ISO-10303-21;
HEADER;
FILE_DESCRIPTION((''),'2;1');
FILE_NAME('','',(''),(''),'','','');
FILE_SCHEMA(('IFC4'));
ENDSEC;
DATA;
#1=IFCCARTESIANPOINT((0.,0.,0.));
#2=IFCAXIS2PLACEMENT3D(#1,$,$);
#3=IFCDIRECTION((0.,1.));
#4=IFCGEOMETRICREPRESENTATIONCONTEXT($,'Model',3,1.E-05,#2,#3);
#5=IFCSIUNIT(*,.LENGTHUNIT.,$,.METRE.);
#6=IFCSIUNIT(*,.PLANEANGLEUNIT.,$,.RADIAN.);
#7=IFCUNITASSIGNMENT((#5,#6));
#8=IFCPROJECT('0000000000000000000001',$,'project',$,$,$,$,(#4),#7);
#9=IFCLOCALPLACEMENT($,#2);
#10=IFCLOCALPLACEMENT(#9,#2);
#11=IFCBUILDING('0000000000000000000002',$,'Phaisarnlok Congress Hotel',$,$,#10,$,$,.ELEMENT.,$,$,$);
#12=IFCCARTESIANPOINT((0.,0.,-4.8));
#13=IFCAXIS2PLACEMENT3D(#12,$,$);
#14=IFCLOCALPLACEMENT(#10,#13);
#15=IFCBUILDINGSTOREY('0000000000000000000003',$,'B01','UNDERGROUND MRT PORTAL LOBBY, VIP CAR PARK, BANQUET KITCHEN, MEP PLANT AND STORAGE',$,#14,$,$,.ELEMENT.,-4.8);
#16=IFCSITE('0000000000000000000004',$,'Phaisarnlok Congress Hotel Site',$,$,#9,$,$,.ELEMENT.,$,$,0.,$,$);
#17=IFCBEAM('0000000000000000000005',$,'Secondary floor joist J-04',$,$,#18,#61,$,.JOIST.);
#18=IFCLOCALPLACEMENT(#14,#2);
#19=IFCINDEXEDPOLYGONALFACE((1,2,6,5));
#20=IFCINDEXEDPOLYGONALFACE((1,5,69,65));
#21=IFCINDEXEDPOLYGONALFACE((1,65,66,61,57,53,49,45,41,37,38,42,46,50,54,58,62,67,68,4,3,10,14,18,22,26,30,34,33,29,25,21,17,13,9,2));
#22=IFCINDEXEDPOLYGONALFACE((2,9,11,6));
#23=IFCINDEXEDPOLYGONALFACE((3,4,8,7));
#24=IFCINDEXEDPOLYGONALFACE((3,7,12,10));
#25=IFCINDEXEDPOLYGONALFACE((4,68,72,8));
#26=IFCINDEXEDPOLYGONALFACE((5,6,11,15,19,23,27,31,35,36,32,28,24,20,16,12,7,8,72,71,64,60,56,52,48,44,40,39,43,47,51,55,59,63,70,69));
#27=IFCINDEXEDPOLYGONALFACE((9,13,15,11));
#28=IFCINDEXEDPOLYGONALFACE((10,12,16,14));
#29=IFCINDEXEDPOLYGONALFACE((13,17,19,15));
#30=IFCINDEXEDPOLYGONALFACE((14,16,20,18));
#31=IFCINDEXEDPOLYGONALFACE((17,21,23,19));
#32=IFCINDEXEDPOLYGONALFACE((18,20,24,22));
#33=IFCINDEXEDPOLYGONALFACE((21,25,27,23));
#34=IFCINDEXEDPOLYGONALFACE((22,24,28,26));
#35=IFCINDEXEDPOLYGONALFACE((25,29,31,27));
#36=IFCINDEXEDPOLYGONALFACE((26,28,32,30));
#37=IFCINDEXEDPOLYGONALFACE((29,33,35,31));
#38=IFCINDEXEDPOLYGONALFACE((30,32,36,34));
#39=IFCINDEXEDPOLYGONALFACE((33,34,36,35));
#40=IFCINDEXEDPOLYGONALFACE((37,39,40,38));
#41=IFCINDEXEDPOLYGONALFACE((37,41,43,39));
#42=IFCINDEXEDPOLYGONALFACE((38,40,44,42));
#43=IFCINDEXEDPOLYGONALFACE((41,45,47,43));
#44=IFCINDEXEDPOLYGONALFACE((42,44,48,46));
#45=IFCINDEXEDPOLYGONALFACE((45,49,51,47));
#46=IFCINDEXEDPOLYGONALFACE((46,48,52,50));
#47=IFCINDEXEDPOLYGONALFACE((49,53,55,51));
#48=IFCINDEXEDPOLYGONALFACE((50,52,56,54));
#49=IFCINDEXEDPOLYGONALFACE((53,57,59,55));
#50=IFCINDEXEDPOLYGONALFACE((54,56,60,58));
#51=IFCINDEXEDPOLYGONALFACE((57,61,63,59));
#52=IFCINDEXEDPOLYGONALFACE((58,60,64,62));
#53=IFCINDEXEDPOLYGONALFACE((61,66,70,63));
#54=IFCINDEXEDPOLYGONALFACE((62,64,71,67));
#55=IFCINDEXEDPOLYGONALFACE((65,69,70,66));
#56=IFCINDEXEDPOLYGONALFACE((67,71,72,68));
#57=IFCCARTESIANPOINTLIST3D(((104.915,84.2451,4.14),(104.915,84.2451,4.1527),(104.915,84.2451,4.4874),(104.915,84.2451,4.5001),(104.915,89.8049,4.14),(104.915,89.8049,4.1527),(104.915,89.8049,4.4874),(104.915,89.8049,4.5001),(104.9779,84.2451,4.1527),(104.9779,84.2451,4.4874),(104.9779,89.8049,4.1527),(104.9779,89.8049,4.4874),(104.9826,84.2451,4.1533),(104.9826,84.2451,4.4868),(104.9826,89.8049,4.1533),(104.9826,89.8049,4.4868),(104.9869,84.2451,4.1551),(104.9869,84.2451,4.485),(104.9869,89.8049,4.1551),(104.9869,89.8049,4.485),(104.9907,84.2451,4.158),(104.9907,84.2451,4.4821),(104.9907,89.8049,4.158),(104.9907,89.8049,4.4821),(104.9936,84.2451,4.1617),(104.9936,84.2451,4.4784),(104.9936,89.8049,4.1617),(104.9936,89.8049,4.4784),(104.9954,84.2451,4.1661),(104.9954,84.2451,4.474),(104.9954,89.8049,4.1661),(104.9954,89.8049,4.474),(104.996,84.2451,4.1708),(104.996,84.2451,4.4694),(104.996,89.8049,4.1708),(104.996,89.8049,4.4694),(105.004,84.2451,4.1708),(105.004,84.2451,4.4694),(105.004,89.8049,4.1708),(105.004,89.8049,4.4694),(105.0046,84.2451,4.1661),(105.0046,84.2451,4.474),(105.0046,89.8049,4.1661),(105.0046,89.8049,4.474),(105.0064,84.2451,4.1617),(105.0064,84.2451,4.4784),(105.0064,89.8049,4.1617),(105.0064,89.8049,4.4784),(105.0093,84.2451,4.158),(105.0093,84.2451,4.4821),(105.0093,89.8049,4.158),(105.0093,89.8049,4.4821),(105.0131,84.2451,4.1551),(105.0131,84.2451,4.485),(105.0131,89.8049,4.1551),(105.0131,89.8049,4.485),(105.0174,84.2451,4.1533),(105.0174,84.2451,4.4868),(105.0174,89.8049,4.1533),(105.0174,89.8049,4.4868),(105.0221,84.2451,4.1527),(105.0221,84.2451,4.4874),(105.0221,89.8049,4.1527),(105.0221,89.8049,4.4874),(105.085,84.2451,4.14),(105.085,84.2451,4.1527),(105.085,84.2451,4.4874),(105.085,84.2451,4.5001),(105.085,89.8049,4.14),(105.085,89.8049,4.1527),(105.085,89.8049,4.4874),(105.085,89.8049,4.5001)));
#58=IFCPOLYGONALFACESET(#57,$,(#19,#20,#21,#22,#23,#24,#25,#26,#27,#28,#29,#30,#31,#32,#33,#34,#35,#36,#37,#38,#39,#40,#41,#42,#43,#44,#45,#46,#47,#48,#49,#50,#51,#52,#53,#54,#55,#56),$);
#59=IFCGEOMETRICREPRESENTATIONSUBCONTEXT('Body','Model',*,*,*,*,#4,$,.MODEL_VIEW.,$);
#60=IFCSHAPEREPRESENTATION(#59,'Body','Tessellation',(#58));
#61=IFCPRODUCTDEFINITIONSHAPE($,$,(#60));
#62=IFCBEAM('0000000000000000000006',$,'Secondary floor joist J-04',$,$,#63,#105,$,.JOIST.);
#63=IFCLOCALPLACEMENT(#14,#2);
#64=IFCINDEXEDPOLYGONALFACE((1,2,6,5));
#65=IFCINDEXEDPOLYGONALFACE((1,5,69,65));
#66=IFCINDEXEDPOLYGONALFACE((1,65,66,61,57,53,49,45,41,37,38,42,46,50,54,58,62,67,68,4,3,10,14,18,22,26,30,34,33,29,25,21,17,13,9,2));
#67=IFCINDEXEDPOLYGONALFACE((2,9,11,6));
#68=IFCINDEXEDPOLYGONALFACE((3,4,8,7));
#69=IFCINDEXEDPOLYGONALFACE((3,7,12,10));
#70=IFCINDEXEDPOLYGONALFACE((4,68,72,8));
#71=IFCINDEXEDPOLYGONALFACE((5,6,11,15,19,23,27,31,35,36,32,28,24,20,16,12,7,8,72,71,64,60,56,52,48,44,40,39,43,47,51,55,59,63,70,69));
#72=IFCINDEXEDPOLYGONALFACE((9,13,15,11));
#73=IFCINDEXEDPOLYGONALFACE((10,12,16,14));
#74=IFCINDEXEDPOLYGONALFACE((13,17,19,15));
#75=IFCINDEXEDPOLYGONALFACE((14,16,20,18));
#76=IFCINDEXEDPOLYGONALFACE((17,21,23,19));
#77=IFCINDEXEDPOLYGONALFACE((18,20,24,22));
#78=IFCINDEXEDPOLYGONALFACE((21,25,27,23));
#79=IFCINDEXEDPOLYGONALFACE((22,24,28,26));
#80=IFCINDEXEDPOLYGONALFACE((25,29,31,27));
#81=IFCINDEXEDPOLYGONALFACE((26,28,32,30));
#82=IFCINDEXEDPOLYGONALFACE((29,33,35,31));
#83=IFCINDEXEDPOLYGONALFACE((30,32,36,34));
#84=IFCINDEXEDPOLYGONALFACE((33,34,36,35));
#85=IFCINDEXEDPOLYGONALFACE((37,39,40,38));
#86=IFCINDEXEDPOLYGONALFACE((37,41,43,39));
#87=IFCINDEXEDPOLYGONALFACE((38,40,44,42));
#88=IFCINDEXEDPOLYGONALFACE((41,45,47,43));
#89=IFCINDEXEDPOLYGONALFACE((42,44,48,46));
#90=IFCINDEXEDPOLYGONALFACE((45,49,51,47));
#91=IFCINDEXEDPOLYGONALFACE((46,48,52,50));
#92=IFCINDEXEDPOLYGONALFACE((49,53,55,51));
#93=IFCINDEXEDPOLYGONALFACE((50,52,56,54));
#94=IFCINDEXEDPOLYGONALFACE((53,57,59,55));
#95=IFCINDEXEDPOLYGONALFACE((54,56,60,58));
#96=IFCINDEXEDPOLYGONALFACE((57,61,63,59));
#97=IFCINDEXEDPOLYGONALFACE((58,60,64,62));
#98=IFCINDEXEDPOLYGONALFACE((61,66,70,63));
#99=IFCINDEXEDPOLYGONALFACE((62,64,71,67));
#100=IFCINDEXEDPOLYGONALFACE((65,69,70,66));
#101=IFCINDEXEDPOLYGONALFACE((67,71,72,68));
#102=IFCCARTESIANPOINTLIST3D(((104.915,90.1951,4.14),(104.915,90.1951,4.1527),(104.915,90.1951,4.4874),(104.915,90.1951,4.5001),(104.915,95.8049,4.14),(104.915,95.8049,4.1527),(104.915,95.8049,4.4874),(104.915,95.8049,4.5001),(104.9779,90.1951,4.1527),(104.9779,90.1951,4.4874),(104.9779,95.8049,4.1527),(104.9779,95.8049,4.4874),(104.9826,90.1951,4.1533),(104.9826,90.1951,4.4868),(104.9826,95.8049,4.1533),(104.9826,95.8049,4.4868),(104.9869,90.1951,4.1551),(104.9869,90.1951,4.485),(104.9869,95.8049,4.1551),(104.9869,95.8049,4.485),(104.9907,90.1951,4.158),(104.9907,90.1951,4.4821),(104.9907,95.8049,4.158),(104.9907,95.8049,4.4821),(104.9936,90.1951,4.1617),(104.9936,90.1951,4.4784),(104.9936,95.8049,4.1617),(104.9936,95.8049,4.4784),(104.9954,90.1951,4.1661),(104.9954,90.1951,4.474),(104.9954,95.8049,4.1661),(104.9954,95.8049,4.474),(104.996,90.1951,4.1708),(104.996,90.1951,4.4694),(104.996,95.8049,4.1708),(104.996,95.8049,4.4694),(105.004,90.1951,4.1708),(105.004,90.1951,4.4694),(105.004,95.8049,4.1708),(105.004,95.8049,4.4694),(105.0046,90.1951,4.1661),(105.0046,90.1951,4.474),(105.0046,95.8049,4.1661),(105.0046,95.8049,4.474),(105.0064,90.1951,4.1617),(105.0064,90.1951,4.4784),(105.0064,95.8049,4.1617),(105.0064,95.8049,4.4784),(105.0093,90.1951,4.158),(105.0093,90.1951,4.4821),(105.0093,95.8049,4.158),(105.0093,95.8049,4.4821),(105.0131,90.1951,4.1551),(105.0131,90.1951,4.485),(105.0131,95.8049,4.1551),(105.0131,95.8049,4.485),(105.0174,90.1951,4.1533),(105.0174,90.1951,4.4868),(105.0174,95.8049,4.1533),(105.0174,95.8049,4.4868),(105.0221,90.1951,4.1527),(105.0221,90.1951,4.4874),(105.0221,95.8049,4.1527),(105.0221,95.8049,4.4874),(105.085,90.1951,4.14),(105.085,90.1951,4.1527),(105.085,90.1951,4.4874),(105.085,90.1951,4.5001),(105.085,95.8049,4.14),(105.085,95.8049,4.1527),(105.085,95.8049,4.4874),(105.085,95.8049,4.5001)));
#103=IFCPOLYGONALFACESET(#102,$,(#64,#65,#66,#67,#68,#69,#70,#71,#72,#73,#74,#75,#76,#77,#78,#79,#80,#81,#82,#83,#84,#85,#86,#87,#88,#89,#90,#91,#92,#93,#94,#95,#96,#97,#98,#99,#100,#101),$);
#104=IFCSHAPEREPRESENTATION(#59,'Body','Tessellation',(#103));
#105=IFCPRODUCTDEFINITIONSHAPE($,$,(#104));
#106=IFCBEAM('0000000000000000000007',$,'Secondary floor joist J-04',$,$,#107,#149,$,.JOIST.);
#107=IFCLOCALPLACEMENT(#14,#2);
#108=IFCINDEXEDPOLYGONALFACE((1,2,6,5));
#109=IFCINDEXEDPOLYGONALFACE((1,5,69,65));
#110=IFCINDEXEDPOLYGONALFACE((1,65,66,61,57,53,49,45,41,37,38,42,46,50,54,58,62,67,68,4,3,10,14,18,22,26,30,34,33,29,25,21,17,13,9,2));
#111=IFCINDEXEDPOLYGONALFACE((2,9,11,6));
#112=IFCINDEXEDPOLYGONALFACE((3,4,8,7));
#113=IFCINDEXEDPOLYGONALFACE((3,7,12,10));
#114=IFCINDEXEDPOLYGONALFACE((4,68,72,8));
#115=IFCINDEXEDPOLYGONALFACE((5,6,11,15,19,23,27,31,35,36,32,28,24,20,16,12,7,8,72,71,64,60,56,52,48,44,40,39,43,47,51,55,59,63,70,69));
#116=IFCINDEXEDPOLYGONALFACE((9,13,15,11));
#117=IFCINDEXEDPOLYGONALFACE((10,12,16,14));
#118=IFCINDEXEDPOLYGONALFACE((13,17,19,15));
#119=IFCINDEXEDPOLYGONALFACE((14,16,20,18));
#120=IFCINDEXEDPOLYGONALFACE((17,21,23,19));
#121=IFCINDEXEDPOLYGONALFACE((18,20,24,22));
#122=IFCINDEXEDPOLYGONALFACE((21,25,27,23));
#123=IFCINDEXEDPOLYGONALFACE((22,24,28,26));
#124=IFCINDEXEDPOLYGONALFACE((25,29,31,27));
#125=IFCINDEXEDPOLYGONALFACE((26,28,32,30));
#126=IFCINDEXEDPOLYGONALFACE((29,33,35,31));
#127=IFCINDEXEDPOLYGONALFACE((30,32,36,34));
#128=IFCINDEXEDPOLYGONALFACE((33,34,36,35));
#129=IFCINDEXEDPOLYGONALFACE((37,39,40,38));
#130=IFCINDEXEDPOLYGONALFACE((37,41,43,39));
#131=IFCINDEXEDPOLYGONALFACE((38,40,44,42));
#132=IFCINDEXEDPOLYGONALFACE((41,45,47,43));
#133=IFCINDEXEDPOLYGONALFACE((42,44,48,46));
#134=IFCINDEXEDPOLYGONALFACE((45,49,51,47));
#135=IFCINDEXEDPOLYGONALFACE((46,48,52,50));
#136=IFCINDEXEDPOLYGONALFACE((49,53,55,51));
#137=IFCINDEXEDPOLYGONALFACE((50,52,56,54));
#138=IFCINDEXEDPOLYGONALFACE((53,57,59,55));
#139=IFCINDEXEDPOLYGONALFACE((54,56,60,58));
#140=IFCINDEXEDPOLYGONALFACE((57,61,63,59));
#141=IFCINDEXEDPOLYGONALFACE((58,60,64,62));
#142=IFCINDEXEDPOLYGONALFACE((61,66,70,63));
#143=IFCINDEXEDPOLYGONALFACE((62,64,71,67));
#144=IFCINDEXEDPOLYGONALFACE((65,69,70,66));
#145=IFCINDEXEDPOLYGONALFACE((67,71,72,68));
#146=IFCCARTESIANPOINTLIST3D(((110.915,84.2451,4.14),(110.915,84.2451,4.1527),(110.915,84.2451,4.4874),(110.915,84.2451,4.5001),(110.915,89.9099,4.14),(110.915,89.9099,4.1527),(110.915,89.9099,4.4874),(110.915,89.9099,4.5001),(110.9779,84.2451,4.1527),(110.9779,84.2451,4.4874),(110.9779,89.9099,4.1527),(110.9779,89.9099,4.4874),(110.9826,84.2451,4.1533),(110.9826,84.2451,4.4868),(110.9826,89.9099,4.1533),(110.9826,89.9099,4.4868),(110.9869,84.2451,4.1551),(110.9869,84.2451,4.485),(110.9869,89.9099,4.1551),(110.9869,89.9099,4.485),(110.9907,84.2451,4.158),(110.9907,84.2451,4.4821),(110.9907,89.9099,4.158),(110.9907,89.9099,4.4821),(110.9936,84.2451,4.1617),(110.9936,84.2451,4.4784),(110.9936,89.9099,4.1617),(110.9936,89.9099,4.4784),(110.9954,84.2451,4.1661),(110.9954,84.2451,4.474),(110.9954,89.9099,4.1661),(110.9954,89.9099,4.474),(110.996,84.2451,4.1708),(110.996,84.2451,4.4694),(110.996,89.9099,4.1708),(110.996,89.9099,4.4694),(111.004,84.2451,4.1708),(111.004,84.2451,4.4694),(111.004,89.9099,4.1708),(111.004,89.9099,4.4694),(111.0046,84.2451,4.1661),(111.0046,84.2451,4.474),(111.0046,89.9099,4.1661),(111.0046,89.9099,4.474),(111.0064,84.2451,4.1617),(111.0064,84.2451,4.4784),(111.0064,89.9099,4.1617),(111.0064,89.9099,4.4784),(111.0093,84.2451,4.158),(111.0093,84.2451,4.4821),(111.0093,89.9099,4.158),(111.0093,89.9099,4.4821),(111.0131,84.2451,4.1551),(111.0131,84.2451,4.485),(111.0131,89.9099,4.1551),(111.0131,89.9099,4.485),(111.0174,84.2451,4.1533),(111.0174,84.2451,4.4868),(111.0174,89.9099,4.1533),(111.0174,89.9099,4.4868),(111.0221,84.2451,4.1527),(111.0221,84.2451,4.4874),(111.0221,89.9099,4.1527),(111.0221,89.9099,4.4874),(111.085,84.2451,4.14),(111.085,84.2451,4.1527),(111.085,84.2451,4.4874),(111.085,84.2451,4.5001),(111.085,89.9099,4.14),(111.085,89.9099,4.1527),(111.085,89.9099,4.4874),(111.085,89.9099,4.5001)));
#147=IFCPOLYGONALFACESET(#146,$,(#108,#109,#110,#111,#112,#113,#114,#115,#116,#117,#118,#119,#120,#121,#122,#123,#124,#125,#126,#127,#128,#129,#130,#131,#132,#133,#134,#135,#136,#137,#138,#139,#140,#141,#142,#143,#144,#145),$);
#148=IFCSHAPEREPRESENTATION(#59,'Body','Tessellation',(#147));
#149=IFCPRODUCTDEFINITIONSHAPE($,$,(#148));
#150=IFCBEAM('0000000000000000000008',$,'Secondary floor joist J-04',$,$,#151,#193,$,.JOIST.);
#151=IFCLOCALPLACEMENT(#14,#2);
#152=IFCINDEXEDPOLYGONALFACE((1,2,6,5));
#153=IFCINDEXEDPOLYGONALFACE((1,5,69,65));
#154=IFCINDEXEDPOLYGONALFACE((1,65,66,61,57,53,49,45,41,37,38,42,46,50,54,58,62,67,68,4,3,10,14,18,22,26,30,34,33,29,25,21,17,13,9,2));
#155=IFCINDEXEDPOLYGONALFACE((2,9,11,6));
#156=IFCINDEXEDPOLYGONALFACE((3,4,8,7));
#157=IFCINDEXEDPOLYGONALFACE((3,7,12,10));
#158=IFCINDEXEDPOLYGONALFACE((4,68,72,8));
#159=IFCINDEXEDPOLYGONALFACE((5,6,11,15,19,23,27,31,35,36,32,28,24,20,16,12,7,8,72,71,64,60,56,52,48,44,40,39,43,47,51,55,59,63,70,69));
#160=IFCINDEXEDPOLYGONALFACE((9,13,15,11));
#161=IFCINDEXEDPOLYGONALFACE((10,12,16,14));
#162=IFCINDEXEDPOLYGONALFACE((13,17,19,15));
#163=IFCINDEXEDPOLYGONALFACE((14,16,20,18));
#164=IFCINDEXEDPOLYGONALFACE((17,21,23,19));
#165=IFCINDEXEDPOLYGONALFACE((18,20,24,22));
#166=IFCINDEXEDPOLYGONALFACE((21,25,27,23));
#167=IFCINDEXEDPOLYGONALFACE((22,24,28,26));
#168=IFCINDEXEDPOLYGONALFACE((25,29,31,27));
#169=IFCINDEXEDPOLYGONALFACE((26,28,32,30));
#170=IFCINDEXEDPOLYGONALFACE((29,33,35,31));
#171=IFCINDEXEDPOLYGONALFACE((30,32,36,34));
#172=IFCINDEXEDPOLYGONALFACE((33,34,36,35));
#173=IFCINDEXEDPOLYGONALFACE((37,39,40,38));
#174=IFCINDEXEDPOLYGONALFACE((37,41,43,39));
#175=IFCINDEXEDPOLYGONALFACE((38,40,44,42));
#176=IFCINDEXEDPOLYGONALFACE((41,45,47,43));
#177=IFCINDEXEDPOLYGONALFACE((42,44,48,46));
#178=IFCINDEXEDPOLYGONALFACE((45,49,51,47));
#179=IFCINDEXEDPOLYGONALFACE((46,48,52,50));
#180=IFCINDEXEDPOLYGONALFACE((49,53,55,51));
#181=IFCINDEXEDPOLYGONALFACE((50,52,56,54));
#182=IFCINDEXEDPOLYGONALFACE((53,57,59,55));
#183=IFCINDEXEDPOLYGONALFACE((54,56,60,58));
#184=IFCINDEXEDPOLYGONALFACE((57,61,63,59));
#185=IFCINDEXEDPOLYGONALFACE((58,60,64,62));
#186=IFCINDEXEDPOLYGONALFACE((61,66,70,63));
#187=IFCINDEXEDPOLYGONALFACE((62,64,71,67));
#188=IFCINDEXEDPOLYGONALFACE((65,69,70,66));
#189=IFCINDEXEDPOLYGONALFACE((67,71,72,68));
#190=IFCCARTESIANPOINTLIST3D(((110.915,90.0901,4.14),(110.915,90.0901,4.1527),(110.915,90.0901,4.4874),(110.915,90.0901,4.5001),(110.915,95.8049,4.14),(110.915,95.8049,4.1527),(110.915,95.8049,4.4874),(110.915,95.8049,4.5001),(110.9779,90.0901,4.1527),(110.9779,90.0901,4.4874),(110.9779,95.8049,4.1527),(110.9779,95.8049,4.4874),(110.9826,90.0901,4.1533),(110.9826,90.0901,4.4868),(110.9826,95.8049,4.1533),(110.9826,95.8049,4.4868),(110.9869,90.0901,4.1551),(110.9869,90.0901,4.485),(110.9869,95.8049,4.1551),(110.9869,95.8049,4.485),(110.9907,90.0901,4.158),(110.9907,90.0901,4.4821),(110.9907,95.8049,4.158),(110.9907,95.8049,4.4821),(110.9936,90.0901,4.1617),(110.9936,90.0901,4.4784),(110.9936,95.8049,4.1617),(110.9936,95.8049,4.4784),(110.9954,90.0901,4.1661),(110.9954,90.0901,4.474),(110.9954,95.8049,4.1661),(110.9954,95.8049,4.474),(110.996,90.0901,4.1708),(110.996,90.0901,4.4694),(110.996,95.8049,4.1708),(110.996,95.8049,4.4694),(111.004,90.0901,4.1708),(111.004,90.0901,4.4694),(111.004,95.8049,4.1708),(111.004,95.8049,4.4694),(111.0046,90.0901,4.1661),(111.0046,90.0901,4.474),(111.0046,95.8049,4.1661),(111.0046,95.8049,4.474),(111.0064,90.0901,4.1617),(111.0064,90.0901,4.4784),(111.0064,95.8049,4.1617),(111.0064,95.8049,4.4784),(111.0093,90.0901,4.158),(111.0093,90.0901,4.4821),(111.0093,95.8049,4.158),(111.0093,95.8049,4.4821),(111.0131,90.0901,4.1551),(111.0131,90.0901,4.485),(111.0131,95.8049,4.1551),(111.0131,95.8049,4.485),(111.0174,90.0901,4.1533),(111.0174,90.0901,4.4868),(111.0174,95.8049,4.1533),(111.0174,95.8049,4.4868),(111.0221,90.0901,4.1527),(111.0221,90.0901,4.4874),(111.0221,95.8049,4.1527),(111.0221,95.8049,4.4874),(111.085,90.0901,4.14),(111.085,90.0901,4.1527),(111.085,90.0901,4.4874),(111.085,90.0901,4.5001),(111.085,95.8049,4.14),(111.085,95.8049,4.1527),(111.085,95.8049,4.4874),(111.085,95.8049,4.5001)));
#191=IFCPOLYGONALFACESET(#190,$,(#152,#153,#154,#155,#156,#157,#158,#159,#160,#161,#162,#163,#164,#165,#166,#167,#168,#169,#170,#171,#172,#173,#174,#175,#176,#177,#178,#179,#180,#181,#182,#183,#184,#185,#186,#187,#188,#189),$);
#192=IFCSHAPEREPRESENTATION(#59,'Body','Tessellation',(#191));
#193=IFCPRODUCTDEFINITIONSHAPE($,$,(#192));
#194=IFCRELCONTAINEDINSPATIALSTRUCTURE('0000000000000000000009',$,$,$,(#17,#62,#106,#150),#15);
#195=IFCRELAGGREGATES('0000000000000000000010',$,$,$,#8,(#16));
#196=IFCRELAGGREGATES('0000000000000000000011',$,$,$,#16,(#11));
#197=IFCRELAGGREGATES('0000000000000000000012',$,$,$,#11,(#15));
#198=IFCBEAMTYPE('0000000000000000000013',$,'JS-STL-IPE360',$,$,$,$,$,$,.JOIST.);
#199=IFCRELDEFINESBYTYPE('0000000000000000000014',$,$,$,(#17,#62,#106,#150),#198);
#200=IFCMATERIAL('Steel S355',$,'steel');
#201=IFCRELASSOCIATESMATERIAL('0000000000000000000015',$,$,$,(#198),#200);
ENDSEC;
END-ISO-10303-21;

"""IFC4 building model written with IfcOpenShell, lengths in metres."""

from ifc_helpers import new_model, si_unit, direction, frame, origin, origin_2d, place, context, subcontext, project, spatial, i_section, extrude, material, material_profile, profile_set, type_object, element, save


model = new_model("IFC4")

# Units and contexts
model_context = context("Model", 3, precision=1e-05, world=origin(), true_north=direction((0.0, 1.0)))
body_context = subcontext(model_context, "Body", "Model", "MODEL_VIEW")
ifc_project = project(units=[si_unit("LENGTHUNIT", "METRE"), si_unit("PLANEANGLEUNIT", "RADIAN")], contexts=[model_context])

# Site, building, storey
site_placement = place(None, origin())
site = spatial("IfcSite", under=ifc_project, at=site_placement, Name="Phaisarnlok Congress Hotel Site", CompositionType="ELEMENT", RefElevation=0.0)
building_placement = place(site_placement, origin())
building = spatial("IfcBuilding", under=site, at=building_placement, Name="Phaisarnlok Congress Hotel", CompositionType="ELEMENT")
storey_placement = place(building_placement, frame((0.0, 0.0, -4.8)))
storey = spatial("IfcBuildingStorey", under=building, at=storey_placement, Name="B01", Description="UNDERGROUND MRT PORTAL LOBBY, VIP CAR PARK, BANQUET KITCHEN, MEP PLANT AND STORAGE", CompositionType="ELEMENT", Elevation=-4.8)

# Beams
ifc_material_1 = material(Name="Steel S355", Category="steel")
ifc_material_profile_1 = material_profile(ifc_material_1, i_section(OverallWidth=0.1699, OverallDepth=0.3601, WebThickness=0.0081, FlangeThickness=0.0127, FilletRadius=0.0181, at=origin_2d()), Name="IPE 360")
ifc_profile_set_1 = profile_set([ifc_material_profile_1], Name="Steel S355")
beam_type_1 = type_object("IfcBeamType", Name="JS-STL-IPE360", PredefinedType="JOIST", material=ifc_profile_set_1)
beam_1_placement = place(storey_placement, frame((105.0, 84.2451, 4.3201), z_axis=(0.0, 1.0, 0.0), x_axis=(-1.0, 0.0, 0.0)))
element("IfcBeam", 1, at=beam_1_placement, inside=storey, type_object=beam_type_1, Name="Secondary floor joist J-04", PredefinedType="JOIST", context=body_context, shape_type="SweptSolid", body=[
    extrude(i_section(OverallWidth=0.1699, OverallDepth=0.3601, WebThickness=0.0081, FlangeThickness=0.0127, FilletRadius=0.0181, at=origin_2d()), origin(), (0.0, 0.0, 1.0), 5.5598),
])
beam_2_placement = place(storey_placement, frame((105.0, 90.1951, 4.3201), z_axis=(0.0, 1.0, 0.0), x_axis=(-1.0, 0.0, 0.0)))
element("IfcBeam", 2, at=beam_2_placement, inside=storey, type_object=beam_type_1, Name="Secondary floor joist J-04", PredefinedType="JOIST", context=body_context, shape_type="SweptSolid", body=[
    extrude(i_section(OverallWidth=0.1699, OverallDepth=0.3601, WebThickness=0.0081, FlangeThickness=0.0127, FilletRadius=0.0181, at=origin_2d()), origin(), (0.0, 0.0, 1.0), 5.6099),
])
beam_3_placement = place(storey_placement, frame((111.0, 84.2451, 4.3201), z_axis=(0.0, 1.0, 0.0), x_axis=(-1.0, 0.0, 0.0)))
element("IfcBeam", 3, at=beam_3_placement, inside=storey, type_object=beam_type_1, Name="Secondary floor joist J-04", PredefinedType="JOIST", context=body_context, shape_type="SweptSolid", body=[
    extrude(i_section(OverallWidth=0.1699, OverallDepth=0.3601, WebThickness=0.0081, FlangeThickness=0.0127, FilletRadius=0.0181, at=origin_2d()), origin(), (0.0, 0.0, 1.0), 5.6648),
])
beam_4_placement = place(storey_placement, frame((111.0, 90.0901, 4.3201), z_axis=(0.0, 1.0, 0.0), x_axis=(-1.0, 0.0, 0.0)))
element("IfcBeam", 4, at=beam_4_placement, inside=storey, type_object=beam_type_1, Name="Secondary floor joist J-04", PredefinedType="JOIST", context=body_context, shape_type="SweptSolid", body=[
    extrude(i_section(OverallWidth=0.1699, OverallDepth=0.3601, WebThickness=0.0081, FlangeThickness=0.0127, FilletRadius=0.0181, at=origin_2d()), origin(), (0.0, 0.0, 1.0), 5.7148),
])

save(model, "model.ifc")
